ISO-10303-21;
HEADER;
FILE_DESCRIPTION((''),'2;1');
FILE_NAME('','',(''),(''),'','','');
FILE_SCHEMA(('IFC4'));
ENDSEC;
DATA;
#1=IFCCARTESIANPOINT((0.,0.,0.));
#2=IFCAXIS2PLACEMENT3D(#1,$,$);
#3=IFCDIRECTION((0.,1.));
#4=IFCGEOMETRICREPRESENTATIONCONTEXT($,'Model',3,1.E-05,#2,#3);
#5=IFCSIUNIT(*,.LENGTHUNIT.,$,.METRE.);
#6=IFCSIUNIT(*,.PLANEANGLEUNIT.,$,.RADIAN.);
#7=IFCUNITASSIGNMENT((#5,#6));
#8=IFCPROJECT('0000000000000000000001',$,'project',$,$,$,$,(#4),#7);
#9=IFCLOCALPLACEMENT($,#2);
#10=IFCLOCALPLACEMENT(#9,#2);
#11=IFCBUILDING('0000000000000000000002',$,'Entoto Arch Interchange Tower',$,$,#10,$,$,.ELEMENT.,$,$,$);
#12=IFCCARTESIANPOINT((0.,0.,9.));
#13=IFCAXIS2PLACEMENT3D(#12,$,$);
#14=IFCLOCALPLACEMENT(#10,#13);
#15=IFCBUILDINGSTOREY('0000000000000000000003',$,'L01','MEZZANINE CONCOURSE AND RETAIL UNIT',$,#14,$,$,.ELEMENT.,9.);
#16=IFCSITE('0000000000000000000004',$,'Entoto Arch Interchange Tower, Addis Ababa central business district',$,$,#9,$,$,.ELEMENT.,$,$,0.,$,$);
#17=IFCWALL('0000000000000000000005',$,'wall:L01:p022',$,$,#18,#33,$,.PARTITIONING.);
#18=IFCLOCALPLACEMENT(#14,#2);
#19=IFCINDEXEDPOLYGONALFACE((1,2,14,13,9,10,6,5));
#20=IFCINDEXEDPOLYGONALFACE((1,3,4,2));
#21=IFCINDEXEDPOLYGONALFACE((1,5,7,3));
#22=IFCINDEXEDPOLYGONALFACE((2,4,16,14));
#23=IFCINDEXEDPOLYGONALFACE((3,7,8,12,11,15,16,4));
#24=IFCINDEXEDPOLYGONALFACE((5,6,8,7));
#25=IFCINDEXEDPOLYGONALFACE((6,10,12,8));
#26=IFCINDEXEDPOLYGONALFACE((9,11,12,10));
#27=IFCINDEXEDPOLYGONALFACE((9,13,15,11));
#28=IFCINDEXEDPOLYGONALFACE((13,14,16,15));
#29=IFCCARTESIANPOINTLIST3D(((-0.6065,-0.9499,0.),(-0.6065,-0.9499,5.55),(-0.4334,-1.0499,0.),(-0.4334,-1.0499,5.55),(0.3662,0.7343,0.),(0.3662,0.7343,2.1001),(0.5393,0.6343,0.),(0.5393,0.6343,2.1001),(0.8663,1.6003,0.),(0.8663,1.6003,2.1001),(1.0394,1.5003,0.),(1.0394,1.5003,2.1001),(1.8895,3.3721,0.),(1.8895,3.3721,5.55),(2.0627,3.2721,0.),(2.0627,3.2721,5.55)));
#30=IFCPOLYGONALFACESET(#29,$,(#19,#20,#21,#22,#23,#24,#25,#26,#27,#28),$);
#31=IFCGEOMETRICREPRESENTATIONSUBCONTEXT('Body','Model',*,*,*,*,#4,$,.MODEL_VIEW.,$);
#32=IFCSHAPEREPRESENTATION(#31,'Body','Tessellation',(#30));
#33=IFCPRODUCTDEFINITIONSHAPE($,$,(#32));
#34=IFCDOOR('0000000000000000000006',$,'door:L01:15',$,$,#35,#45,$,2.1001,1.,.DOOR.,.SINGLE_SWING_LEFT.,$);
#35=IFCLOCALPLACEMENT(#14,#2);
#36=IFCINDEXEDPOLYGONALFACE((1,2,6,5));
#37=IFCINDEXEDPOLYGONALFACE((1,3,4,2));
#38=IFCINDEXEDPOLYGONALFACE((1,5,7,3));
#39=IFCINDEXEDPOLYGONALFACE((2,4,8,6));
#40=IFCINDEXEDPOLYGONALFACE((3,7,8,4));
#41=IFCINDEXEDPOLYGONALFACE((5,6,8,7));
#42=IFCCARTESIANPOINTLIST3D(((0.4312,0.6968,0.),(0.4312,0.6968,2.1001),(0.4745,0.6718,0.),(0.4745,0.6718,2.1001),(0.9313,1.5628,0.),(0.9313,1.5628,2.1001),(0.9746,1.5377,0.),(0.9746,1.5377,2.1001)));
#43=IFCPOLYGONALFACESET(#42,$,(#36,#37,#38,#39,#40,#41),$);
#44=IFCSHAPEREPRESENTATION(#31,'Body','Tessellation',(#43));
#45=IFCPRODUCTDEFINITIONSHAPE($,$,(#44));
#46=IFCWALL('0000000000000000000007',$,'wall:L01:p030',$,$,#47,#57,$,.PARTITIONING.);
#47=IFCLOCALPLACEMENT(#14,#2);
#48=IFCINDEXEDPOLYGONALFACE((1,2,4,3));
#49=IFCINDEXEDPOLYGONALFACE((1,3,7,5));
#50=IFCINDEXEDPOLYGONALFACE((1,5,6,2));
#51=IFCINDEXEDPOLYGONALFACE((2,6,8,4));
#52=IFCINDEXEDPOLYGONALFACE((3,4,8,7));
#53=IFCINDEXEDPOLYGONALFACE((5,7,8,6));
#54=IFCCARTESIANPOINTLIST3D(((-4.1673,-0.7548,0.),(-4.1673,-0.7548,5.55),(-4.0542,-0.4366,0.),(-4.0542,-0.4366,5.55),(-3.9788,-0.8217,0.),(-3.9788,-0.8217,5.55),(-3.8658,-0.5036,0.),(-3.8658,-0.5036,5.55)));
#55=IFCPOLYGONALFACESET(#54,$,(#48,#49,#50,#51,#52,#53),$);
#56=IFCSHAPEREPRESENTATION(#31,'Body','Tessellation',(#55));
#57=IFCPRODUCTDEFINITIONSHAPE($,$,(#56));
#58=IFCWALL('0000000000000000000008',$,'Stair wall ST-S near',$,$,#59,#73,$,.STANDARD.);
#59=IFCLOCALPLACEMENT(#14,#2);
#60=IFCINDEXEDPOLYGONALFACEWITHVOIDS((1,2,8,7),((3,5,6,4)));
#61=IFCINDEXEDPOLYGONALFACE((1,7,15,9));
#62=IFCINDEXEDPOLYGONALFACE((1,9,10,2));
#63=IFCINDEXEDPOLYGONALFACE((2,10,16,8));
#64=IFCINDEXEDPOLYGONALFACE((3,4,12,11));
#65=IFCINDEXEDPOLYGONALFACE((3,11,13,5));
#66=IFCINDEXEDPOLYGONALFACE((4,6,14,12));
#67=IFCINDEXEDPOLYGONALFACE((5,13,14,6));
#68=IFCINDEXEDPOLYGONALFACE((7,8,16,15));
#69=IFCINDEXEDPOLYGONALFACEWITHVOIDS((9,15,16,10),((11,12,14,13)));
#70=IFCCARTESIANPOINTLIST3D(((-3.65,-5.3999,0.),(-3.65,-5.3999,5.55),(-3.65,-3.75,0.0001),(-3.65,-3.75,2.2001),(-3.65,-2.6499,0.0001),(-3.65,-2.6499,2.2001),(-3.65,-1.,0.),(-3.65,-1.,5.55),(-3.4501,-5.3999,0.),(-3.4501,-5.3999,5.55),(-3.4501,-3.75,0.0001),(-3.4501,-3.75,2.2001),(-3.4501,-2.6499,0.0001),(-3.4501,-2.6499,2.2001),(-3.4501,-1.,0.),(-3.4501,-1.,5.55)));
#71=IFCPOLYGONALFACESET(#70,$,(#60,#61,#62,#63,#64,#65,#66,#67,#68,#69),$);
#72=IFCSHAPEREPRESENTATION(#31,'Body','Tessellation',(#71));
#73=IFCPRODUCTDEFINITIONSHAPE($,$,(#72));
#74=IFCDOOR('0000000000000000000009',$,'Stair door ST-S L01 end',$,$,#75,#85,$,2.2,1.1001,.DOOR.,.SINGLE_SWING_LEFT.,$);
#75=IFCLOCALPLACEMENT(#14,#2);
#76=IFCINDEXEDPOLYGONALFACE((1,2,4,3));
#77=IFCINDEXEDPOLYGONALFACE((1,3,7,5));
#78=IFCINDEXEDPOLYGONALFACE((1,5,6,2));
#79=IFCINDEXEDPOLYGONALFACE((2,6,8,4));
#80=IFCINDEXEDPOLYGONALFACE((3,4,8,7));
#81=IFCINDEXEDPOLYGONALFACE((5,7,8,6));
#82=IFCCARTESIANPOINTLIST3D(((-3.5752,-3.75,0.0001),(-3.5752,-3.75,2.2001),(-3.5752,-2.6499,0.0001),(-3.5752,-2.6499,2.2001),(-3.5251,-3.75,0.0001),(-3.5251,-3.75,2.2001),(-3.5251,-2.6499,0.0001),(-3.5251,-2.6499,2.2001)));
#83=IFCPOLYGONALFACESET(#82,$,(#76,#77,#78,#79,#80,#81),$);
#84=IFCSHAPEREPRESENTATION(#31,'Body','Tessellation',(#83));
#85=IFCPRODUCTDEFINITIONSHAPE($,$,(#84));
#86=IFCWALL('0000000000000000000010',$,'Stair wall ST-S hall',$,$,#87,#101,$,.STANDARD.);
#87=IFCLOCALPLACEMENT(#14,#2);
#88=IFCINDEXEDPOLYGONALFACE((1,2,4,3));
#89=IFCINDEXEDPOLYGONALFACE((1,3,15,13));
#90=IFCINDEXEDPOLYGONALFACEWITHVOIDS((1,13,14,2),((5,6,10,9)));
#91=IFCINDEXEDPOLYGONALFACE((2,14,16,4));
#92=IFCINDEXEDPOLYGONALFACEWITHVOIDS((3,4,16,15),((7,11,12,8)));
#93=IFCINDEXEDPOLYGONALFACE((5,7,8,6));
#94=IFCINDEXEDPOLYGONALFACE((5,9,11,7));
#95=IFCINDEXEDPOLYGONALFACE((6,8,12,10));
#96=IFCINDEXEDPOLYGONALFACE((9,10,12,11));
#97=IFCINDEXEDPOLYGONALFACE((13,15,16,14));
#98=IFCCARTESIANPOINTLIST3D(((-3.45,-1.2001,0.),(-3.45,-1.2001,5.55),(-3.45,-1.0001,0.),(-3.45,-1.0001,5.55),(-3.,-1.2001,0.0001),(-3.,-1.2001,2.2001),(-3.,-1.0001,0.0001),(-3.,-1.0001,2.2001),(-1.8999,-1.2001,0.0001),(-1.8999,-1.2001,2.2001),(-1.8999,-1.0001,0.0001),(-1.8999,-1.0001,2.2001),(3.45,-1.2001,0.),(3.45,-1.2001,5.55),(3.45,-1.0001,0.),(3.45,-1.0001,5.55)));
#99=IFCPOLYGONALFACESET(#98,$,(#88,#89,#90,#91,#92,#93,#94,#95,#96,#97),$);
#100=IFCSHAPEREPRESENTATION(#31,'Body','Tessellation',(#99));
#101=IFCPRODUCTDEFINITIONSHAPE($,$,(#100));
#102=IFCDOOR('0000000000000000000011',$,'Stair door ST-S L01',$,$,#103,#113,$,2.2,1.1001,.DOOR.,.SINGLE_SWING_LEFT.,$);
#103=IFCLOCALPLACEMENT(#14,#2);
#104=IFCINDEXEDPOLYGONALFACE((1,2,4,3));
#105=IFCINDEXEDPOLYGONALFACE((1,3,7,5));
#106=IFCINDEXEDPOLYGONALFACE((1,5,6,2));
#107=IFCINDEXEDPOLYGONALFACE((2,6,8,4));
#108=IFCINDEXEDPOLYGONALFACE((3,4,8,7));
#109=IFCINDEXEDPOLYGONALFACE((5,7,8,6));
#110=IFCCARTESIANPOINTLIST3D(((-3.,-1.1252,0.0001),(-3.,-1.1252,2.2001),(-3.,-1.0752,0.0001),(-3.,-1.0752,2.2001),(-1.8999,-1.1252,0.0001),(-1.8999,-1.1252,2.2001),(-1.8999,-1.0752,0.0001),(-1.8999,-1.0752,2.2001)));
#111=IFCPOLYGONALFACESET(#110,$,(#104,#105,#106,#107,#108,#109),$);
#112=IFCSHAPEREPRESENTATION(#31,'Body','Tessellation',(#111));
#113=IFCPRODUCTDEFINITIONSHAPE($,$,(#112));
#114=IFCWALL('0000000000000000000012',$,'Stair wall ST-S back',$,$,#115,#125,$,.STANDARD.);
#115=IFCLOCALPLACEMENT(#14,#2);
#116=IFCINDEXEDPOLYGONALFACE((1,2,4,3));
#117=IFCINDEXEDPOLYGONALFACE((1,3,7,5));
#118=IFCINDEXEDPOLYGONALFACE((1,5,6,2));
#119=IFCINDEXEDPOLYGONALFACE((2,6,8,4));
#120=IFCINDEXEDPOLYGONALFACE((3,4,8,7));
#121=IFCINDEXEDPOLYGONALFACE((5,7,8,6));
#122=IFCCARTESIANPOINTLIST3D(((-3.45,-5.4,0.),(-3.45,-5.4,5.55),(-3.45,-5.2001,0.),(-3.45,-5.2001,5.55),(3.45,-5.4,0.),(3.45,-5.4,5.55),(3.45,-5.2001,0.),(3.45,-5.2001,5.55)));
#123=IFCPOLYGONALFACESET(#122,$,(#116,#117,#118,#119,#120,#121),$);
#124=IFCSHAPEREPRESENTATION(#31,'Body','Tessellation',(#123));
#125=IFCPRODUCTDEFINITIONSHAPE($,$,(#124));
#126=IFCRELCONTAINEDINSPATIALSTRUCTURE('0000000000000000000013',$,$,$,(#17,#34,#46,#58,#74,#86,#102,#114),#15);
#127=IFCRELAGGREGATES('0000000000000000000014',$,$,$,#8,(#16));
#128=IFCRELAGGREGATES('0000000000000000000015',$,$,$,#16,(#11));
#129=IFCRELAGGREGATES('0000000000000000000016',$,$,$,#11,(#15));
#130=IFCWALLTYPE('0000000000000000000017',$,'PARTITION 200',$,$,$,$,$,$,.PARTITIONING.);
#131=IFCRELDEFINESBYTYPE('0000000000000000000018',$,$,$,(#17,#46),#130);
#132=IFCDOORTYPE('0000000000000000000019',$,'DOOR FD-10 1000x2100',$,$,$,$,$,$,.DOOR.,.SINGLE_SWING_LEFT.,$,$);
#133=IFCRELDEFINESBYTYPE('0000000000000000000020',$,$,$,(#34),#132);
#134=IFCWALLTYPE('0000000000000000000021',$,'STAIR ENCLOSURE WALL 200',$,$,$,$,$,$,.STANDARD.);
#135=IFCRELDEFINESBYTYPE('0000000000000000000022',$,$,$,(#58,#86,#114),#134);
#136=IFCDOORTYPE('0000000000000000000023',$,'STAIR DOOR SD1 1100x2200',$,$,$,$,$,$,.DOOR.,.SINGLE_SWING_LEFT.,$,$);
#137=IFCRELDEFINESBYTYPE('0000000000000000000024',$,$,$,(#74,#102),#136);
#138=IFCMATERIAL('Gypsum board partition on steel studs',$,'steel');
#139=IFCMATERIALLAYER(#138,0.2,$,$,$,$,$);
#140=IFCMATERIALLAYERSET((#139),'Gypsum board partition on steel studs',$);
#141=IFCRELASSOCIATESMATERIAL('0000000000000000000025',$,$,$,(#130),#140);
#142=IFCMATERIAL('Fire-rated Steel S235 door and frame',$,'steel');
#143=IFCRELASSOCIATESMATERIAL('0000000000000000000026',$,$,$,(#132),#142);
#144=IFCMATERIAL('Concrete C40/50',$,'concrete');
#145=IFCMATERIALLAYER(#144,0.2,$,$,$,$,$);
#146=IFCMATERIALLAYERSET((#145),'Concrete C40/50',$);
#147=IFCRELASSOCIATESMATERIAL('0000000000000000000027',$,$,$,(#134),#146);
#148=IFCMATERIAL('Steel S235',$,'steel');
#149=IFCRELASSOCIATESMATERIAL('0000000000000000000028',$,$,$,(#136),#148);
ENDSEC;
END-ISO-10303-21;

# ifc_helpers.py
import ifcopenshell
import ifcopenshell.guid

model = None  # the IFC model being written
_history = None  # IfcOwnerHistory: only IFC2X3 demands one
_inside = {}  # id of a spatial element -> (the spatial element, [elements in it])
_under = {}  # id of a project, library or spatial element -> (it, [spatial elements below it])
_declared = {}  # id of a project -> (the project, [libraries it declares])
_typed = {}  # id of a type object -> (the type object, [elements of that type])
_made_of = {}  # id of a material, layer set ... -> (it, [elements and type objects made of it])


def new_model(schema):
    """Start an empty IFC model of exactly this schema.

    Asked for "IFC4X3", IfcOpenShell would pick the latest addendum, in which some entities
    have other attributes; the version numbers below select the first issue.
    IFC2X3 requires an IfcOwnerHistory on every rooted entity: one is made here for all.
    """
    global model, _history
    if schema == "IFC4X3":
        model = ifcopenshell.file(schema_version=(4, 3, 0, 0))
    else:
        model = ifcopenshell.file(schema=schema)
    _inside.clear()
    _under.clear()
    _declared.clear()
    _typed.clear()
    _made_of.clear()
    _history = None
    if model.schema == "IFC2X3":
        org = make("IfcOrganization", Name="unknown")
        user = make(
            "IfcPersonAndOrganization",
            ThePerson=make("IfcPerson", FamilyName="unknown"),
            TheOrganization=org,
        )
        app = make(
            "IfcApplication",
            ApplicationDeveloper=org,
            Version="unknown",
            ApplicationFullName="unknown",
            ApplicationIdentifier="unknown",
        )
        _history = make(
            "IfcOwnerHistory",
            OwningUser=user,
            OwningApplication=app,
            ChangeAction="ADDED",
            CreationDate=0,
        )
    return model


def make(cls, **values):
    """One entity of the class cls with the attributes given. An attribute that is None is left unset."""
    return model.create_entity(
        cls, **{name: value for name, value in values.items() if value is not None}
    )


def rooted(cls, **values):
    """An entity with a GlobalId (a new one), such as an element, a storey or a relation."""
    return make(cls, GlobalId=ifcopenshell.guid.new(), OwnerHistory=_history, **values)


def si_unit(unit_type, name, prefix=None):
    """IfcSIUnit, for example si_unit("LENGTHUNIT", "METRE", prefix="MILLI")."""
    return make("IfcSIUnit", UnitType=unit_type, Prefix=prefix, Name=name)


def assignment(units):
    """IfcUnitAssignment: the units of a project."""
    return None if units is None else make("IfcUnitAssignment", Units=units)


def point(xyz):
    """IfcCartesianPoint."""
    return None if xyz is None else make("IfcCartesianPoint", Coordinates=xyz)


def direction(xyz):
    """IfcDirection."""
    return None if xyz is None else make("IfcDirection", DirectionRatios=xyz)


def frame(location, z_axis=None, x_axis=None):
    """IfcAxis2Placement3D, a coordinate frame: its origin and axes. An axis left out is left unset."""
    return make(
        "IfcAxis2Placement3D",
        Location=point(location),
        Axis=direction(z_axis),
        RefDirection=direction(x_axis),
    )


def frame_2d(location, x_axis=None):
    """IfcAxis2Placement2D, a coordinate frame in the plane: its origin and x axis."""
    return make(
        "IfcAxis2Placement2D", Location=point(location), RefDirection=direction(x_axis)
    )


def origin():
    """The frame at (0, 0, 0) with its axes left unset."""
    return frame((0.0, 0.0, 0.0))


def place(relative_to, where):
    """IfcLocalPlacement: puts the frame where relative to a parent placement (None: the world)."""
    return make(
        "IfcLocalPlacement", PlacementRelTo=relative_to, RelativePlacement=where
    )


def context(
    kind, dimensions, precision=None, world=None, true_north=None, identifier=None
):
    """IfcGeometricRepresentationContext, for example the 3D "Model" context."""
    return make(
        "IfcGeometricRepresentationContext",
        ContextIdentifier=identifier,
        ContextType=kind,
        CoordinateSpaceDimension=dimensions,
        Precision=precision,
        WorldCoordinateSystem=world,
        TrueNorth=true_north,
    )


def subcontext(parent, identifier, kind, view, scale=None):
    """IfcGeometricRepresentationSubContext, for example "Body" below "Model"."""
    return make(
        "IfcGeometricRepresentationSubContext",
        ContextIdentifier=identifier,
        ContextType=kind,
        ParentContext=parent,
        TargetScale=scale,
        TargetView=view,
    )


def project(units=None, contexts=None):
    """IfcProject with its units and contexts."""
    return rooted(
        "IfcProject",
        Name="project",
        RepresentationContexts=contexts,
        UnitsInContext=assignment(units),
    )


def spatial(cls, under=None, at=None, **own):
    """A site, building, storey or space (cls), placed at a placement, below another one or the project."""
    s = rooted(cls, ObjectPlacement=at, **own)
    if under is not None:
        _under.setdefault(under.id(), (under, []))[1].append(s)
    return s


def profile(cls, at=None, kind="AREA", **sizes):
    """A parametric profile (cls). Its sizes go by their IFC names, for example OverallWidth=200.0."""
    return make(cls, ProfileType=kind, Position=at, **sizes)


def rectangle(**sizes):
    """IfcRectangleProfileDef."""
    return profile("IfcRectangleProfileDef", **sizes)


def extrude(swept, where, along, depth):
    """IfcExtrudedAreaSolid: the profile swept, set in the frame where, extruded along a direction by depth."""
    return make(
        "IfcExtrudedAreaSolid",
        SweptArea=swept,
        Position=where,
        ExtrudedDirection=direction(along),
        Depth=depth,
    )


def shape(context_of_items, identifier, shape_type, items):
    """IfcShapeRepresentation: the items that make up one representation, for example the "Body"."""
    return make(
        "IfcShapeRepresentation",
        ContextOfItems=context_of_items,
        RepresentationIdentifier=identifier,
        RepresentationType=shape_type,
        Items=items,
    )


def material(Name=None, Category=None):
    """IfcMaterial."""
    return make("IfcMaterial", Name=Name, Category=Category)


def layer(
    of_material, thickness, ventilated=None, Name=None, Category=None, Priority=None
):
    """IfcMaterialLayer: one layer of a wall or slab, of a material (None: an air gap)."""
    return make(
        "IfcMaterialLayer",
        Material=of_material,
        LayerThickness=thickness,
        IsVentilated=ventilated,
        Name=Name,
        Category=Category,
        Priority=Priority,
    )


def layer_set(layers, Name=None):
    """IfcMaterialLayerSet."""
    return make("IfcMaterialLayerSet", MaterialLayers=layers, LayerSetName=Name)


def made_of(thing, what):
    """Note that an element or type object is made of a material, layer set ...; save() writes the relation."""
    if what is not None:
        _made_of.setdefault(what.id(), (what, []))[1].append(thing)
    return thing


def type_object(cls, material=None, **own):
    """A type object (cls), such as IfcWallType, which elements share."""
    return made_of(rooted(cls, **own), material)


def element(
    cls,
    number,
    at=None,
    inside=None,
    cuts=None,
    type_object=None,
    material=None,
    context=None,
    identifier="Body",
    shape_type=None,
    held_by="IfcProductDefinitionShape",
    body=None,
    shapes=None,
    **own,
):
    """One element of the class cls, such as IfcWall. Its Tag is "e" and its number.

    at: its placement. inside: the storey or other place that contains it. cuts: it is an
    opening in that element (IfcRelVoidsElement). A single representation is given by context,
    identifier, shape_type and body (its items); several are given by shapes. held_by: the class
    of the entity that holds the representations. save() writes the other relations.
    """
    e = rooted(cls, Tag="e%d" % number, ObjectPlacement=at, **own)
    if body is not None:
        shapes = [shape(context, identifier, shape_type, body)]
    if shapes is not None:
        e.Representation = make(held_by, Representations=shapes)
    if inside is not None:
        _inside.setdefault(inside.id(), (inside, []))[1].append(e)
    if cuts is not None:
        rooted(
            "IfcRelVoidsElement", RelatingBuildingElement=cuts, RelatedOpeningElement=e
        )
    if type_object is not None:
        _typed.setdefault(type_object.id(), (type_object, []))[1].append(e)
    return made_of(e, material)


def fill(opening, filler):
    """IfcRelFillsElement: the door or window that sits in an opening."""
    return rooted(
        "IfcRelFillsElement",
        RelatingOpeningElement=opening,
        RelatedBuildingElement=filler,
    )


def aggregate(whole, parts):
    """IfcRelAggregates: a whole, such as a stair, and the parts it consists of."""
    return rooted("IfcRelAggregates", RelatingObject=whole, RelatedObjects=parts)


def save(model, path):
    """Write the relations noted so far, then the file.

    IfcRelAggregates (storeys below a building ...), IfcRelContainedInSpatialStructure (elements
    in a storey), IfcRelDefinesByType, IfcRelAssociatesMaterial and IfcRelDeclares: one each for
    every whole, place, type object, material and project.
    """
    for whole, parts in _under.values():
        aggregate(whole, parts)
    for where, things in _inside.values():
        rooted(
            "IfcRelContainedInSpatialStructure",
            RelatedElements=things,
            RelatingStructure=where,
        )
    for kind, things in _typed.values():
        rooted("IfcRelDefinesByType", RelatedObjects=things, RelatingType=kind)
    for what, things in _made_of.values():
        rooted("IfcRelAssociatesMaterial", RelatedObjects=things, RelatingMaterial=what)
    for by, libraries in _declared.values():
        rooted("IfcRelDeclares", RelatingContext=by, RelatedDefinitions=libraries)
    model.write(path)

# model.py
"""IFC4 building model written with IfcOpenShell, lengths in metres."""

from ifc_helpers import new_model, si_unit, direction, frame, frame_2d, origin, place, context, subcontext, project, spatial, rectangle, extrude, material, layer, layer_set, type_object, element, fill, save


model = new_model("IFC4")

# Units and contexts
model_context = context("Model", 3, precision=1e-05, world=origin(), true_north=direction((0.0, 1.0)))
body_context = subcontext(model_context, "Body", "Model", "MODEL_VIEW")
ifc_project = project(units=[si_unit("LENGTHUNIT", "METRE"), si_unit("PLANEANGLEUNIT", "RADIAN")], contexts=[model_context])

# Site, building, storey
site_placement = place(None, origin())
site = spatial("IfcSite", under=ifc_project, at=site_placement, Name="Entoto Arch Interchange Tower, Addis Ababa central business district", CompositionType="ELEMENT", RefElevation=0.0)
building_placement = place(site_placement, origin())
building = spatial("IfcBuilding", under=site, at=building_placement, Name="Entoto Arch Interchange Tower", CompositionType="ELEMENT")
storey_placement = place(building_placement, frame((0.0, 0.0, 9.0)))
storey = spatial("IfcBuildingStorey", under=building, at=storey_placement, Name="L01", Description="MEZZANINE CONCOURSE AND RETAIL UNIT", CompositionType="ELEMENT", Elevation=9.0)

# Shared definitions
ifc_material_1 = material(Name="Concrete C40/50", Category="concrete")
ifc_material_2 = material(Name="Gypsum board partition on steel studs", Category="steel")
ifc_layer_1 = layer(ifc_material_2, 0.2)
ifc_layer_set_1 = layer_set([ifc_layer_1], Name="Gypsum board partition on steel studs")
wall_type_1 = type_object("IfcWallType", Name="PARTITION 200", PredefinedType="PARTITIONING", material=ifc_layer_set_1)

# Wall, opening, door
wall_1_placement = place(storey_placement, frame((-0.52, -1.0, 0.0), z_axis=(0.0, 0.0, 1.0), x_axis=(0.500116, 0.865958, 0.0)))
wall_1 = element("IfcWall", 1, at=wall_1_placement, inside=storey, type_object=wall_type_1, Name="wall:L01:p022", PredefinedType="PARTITIONING", context=body_context, shape_type="SweptSolid", body=[
    extrude(rectangle(XDim=4.991, YDim=0.2, at=frame_2d((2.4956, 0.0))), origin(), (0.0, 0.0, 1.0), 5.55),
])
opening_1_placement = place(wall_1_placement, frame((1.9451, 0.0, 0.0)))
opening_1 = element("IfcOpeningElement", 2, at=opening_1_placement, cuts=wall_1, PredefinedType="OPENING", context=body_context, shape_type="SweptSolid", body=[
    extrude(rectangle(XDim=1.0, YDim=2.1001, at=frame_2d((0.5, 1.05))), frame((0.0, 0.1099, 0.0), z_axis=(0.0, -1.0, 0.0), x_axis=(1.0, 0.0, 0.0)), (0.0, 0.0, 1.0), 0.22),
])
ifc_material_3 = material(Name="Fire-rated Steel S235 door and frame", Category="steel")
door_type_1 = type_object("IfcDoorType", Name="DOOR FD-10 1000x2100", OperationType="SINGLE_SWING_LEFT", PredefinedType="DOOR", material=ifc_material_3)
door_1_placement = place(opening_1_placement, origin())
door_1 = element("IfcDoor", 3, at=door_1_placement, inside=storey, type_object=door_type_1, Name="door:L01:15", OperationType="SINGLE_SWING_LEFT", OverallHeight=2.1001, OverallWidth=1.0, PredefinedType="DOOR", context=body_context, shape_type="SweptSolid", body=[
    extrude(rectangle(XDim=1.0, YDim=2.1001, at=frame_2d((0.5, 1.05))), frame((0.0, 0.0249, 0.0), z_axis=(0.0, -1.0, 0.0), x_axis=(1.0, 0.0, 0.0)), (0.0, 0.0, 1.0), 0.05),
])
fill(opening_1, door_1)

# Wall
wall_2_placement = place(storey_placement, frame((-3.96, -0.47, 0.0), z_axis=(0.0, 0.0, 1.0), x_axis=(-0.334824, -0.942281, 0.0)))
element("IfcWall", 4, at=wall_2_placement, inside=storey, type_object=wall_type_1, Name="wall:L01:p030", PredefinedType="PARTITIONING", context=body_context, shape_type="SweptSolid", body=[
    extrude(rectangle(XDim=0.3376, YDim=0.2, at=frame_2d((0.1689, 0.0))), origin(), (0.0, 0.0, 1.0), 5.55),
])

# Walls, openings, doors
ifc_layer_2 = layer(ifc_material_1, 0.2)
ifc_layer_set_2 = layer_set([ifc_layer_2], Name="Concrete C40/50")
wall_type_2 = type_object("IfcWallType", Name="STAIR ENCLOSURE WALL 200", PredefinedType="STANDARD", material=ifc_layer_set_2)
wall_3_placement = place(storey_placement, frame((-3.55, -1.0, 0.0), z_axis=(0.0, 0.0, 1.0), x_axis=(0.0, -1.0, 0.0)))
wall_3 = element("IfcWall", 5, at=wall_3_placement, inside=storey, type_object=wall_type_2, Name="Stair wall ST-S near", PredefinedType="STANDARD", context=body_context, shape_type="SweptSolid", body=[
    extrude(rectangle(XDim=4.3999, YDim=0.2, at=frame_2d((2.2, 0.0))), origin(), (0.0, 0.0, 1.0), 5.55),
])
opening_2_placement = place(wall_3_placement, frame((1.6499, 0.0, 0.0)))
opening_2 = element("IfcOpeningElement", 6, at=opening_2_placement, cuts=wall_3, PredefinedType="OPENING", context=body_context, shape_type="SweptSolid", body=[
    extrude(rectangle(XDim=1.1001, YDim=2.2, at=frame_2d((0.55, 1.1001))), frame((0.0, 0.1099, 0.0), z_axis=(0.0, -1.0, 0.0), x_axis=(1.0, 0.0, 0.0)), (0.0, 0.0, 1.0), 0.22),
])
ifc_material_4 = material(Name="Steel S235", Category="steel")
door_type_2 = type_object("IfcDoorType", Name="STAIR DOOR SD1 1100x2200", OperationType="SINGLE_SWING_LEFT", PredefinedType="DOOR", material=ifc_material_4)
door_2_placement = place(opening_2_placement, origin())
door_2 = element("IfcDoor", 7, at=door_2_placement, inside=storey, type_object=door_type_2, Name="Stair door ST-S L01 end", OperationType="SINGLE_SWING_LEFT", OverallHeight=2.2, OverallWidth=1.1001, PredefinedType="DOOR", context=body_context, shape_type="SweptSolid", body=[
    extrude(rectangle(XDim=1.1001, YDim=2.2, at=frame_2d((0.55, 1.1001))), frame((0.0, 0.0249, 0.0), z_axis=(0.0, -1.0, 0.0), x_axis=(1.0, 0.0, 0.0)), (0.0, 0.0, 1.0), 0.05),
])
fill(opening_2, door_2)
wall_4_placement = place(storey_placement, frame((-3.45, -1.1001, 0.0), z_axis=(0.0, 0.0, 1.0), x_axis=(1.0, 0.0, 0.0)))
wall_4 = element("IfcWall", 8, at=wall_4_placement, inside=storey, type_object=wall_type_2, Name="Stair wall ST-S hall", PredefinedType="STANDARD", context=body_context, shape_type="SweptSolid", body=[
    extrude(rectangle(XDim=6.8999, YDim=0.2, at=frame_2d((3.45, 0.0))), origin(), (0.0, 0.0, 1.0), 5.55),
])
opening_3_placement = place(wall_4_placement, frame((0.45, 0.0, 0.0)))
opening_3 = element("IfcOpeningElement", 9, at=opening_3_placement, cuts=wall_4, PredefinedType="OPENING", context=body_context, shape_type="SweptSolid", body=[
    extrude(rectangle(XDim=1.1001, YDim=2.2, at=frame_2d((0.55, 1.1001))), frame((0.0, 0.1099, 0.0), z_axis=(0.0, -1.0, 0.0), x_axis=(1.0, 0.0, 0.0)), (0.0, 0.0, 1.0), 0.22),
])
door_3_placement = place(opening_3_placement, origin())
door_3 = element("IfcDoor", 10, at=door_3_placement, inside=storey, type_object=door_type_2, Name="Stair door ST-S L01", OperationType="SINGLE_SWING_LEFT", OverallHeight=2.2, OverallWidth=1.1001, PredefinedType="DOOR", context=body_context, shape_type="SweptSolid", body=[
    extrude(rectangle(XDim=1.1001, YDim=2.2, at=frame_2d((0.55, 1.1001))), frame((0.0, 0.0249, 0.0), z_axis=(0.0, -1.0, 0.0), x_axis=(1.0, 0.0, 0.0)), (0.0, 0.0, 1.0), 0.05),
])
fill(opening_3, door_3)

# Wall
wall_5_placement = place(storey_placement, frame((-3.45, -5.3, 0.0), z_axis=(0.0, 0.0, 1.0), x_axis=(1.0, 0.0, 0.0)))
element("IfcWall", 11, at=wall_5_placement, inside=storey, type_object=wall_type_2, Name="Stair wall ST-S back", PredefinedType="STANDARD", context=body_context, shape_type="SweptSolid", body=[
    extrude(rectangle(XDim=6.8999, YDim=0.2, at=frame_2d((3.45, 0.0))), origin(), (0.0, 0.0, 1.0), 5.55),
])

save(model, "model.ifc")
